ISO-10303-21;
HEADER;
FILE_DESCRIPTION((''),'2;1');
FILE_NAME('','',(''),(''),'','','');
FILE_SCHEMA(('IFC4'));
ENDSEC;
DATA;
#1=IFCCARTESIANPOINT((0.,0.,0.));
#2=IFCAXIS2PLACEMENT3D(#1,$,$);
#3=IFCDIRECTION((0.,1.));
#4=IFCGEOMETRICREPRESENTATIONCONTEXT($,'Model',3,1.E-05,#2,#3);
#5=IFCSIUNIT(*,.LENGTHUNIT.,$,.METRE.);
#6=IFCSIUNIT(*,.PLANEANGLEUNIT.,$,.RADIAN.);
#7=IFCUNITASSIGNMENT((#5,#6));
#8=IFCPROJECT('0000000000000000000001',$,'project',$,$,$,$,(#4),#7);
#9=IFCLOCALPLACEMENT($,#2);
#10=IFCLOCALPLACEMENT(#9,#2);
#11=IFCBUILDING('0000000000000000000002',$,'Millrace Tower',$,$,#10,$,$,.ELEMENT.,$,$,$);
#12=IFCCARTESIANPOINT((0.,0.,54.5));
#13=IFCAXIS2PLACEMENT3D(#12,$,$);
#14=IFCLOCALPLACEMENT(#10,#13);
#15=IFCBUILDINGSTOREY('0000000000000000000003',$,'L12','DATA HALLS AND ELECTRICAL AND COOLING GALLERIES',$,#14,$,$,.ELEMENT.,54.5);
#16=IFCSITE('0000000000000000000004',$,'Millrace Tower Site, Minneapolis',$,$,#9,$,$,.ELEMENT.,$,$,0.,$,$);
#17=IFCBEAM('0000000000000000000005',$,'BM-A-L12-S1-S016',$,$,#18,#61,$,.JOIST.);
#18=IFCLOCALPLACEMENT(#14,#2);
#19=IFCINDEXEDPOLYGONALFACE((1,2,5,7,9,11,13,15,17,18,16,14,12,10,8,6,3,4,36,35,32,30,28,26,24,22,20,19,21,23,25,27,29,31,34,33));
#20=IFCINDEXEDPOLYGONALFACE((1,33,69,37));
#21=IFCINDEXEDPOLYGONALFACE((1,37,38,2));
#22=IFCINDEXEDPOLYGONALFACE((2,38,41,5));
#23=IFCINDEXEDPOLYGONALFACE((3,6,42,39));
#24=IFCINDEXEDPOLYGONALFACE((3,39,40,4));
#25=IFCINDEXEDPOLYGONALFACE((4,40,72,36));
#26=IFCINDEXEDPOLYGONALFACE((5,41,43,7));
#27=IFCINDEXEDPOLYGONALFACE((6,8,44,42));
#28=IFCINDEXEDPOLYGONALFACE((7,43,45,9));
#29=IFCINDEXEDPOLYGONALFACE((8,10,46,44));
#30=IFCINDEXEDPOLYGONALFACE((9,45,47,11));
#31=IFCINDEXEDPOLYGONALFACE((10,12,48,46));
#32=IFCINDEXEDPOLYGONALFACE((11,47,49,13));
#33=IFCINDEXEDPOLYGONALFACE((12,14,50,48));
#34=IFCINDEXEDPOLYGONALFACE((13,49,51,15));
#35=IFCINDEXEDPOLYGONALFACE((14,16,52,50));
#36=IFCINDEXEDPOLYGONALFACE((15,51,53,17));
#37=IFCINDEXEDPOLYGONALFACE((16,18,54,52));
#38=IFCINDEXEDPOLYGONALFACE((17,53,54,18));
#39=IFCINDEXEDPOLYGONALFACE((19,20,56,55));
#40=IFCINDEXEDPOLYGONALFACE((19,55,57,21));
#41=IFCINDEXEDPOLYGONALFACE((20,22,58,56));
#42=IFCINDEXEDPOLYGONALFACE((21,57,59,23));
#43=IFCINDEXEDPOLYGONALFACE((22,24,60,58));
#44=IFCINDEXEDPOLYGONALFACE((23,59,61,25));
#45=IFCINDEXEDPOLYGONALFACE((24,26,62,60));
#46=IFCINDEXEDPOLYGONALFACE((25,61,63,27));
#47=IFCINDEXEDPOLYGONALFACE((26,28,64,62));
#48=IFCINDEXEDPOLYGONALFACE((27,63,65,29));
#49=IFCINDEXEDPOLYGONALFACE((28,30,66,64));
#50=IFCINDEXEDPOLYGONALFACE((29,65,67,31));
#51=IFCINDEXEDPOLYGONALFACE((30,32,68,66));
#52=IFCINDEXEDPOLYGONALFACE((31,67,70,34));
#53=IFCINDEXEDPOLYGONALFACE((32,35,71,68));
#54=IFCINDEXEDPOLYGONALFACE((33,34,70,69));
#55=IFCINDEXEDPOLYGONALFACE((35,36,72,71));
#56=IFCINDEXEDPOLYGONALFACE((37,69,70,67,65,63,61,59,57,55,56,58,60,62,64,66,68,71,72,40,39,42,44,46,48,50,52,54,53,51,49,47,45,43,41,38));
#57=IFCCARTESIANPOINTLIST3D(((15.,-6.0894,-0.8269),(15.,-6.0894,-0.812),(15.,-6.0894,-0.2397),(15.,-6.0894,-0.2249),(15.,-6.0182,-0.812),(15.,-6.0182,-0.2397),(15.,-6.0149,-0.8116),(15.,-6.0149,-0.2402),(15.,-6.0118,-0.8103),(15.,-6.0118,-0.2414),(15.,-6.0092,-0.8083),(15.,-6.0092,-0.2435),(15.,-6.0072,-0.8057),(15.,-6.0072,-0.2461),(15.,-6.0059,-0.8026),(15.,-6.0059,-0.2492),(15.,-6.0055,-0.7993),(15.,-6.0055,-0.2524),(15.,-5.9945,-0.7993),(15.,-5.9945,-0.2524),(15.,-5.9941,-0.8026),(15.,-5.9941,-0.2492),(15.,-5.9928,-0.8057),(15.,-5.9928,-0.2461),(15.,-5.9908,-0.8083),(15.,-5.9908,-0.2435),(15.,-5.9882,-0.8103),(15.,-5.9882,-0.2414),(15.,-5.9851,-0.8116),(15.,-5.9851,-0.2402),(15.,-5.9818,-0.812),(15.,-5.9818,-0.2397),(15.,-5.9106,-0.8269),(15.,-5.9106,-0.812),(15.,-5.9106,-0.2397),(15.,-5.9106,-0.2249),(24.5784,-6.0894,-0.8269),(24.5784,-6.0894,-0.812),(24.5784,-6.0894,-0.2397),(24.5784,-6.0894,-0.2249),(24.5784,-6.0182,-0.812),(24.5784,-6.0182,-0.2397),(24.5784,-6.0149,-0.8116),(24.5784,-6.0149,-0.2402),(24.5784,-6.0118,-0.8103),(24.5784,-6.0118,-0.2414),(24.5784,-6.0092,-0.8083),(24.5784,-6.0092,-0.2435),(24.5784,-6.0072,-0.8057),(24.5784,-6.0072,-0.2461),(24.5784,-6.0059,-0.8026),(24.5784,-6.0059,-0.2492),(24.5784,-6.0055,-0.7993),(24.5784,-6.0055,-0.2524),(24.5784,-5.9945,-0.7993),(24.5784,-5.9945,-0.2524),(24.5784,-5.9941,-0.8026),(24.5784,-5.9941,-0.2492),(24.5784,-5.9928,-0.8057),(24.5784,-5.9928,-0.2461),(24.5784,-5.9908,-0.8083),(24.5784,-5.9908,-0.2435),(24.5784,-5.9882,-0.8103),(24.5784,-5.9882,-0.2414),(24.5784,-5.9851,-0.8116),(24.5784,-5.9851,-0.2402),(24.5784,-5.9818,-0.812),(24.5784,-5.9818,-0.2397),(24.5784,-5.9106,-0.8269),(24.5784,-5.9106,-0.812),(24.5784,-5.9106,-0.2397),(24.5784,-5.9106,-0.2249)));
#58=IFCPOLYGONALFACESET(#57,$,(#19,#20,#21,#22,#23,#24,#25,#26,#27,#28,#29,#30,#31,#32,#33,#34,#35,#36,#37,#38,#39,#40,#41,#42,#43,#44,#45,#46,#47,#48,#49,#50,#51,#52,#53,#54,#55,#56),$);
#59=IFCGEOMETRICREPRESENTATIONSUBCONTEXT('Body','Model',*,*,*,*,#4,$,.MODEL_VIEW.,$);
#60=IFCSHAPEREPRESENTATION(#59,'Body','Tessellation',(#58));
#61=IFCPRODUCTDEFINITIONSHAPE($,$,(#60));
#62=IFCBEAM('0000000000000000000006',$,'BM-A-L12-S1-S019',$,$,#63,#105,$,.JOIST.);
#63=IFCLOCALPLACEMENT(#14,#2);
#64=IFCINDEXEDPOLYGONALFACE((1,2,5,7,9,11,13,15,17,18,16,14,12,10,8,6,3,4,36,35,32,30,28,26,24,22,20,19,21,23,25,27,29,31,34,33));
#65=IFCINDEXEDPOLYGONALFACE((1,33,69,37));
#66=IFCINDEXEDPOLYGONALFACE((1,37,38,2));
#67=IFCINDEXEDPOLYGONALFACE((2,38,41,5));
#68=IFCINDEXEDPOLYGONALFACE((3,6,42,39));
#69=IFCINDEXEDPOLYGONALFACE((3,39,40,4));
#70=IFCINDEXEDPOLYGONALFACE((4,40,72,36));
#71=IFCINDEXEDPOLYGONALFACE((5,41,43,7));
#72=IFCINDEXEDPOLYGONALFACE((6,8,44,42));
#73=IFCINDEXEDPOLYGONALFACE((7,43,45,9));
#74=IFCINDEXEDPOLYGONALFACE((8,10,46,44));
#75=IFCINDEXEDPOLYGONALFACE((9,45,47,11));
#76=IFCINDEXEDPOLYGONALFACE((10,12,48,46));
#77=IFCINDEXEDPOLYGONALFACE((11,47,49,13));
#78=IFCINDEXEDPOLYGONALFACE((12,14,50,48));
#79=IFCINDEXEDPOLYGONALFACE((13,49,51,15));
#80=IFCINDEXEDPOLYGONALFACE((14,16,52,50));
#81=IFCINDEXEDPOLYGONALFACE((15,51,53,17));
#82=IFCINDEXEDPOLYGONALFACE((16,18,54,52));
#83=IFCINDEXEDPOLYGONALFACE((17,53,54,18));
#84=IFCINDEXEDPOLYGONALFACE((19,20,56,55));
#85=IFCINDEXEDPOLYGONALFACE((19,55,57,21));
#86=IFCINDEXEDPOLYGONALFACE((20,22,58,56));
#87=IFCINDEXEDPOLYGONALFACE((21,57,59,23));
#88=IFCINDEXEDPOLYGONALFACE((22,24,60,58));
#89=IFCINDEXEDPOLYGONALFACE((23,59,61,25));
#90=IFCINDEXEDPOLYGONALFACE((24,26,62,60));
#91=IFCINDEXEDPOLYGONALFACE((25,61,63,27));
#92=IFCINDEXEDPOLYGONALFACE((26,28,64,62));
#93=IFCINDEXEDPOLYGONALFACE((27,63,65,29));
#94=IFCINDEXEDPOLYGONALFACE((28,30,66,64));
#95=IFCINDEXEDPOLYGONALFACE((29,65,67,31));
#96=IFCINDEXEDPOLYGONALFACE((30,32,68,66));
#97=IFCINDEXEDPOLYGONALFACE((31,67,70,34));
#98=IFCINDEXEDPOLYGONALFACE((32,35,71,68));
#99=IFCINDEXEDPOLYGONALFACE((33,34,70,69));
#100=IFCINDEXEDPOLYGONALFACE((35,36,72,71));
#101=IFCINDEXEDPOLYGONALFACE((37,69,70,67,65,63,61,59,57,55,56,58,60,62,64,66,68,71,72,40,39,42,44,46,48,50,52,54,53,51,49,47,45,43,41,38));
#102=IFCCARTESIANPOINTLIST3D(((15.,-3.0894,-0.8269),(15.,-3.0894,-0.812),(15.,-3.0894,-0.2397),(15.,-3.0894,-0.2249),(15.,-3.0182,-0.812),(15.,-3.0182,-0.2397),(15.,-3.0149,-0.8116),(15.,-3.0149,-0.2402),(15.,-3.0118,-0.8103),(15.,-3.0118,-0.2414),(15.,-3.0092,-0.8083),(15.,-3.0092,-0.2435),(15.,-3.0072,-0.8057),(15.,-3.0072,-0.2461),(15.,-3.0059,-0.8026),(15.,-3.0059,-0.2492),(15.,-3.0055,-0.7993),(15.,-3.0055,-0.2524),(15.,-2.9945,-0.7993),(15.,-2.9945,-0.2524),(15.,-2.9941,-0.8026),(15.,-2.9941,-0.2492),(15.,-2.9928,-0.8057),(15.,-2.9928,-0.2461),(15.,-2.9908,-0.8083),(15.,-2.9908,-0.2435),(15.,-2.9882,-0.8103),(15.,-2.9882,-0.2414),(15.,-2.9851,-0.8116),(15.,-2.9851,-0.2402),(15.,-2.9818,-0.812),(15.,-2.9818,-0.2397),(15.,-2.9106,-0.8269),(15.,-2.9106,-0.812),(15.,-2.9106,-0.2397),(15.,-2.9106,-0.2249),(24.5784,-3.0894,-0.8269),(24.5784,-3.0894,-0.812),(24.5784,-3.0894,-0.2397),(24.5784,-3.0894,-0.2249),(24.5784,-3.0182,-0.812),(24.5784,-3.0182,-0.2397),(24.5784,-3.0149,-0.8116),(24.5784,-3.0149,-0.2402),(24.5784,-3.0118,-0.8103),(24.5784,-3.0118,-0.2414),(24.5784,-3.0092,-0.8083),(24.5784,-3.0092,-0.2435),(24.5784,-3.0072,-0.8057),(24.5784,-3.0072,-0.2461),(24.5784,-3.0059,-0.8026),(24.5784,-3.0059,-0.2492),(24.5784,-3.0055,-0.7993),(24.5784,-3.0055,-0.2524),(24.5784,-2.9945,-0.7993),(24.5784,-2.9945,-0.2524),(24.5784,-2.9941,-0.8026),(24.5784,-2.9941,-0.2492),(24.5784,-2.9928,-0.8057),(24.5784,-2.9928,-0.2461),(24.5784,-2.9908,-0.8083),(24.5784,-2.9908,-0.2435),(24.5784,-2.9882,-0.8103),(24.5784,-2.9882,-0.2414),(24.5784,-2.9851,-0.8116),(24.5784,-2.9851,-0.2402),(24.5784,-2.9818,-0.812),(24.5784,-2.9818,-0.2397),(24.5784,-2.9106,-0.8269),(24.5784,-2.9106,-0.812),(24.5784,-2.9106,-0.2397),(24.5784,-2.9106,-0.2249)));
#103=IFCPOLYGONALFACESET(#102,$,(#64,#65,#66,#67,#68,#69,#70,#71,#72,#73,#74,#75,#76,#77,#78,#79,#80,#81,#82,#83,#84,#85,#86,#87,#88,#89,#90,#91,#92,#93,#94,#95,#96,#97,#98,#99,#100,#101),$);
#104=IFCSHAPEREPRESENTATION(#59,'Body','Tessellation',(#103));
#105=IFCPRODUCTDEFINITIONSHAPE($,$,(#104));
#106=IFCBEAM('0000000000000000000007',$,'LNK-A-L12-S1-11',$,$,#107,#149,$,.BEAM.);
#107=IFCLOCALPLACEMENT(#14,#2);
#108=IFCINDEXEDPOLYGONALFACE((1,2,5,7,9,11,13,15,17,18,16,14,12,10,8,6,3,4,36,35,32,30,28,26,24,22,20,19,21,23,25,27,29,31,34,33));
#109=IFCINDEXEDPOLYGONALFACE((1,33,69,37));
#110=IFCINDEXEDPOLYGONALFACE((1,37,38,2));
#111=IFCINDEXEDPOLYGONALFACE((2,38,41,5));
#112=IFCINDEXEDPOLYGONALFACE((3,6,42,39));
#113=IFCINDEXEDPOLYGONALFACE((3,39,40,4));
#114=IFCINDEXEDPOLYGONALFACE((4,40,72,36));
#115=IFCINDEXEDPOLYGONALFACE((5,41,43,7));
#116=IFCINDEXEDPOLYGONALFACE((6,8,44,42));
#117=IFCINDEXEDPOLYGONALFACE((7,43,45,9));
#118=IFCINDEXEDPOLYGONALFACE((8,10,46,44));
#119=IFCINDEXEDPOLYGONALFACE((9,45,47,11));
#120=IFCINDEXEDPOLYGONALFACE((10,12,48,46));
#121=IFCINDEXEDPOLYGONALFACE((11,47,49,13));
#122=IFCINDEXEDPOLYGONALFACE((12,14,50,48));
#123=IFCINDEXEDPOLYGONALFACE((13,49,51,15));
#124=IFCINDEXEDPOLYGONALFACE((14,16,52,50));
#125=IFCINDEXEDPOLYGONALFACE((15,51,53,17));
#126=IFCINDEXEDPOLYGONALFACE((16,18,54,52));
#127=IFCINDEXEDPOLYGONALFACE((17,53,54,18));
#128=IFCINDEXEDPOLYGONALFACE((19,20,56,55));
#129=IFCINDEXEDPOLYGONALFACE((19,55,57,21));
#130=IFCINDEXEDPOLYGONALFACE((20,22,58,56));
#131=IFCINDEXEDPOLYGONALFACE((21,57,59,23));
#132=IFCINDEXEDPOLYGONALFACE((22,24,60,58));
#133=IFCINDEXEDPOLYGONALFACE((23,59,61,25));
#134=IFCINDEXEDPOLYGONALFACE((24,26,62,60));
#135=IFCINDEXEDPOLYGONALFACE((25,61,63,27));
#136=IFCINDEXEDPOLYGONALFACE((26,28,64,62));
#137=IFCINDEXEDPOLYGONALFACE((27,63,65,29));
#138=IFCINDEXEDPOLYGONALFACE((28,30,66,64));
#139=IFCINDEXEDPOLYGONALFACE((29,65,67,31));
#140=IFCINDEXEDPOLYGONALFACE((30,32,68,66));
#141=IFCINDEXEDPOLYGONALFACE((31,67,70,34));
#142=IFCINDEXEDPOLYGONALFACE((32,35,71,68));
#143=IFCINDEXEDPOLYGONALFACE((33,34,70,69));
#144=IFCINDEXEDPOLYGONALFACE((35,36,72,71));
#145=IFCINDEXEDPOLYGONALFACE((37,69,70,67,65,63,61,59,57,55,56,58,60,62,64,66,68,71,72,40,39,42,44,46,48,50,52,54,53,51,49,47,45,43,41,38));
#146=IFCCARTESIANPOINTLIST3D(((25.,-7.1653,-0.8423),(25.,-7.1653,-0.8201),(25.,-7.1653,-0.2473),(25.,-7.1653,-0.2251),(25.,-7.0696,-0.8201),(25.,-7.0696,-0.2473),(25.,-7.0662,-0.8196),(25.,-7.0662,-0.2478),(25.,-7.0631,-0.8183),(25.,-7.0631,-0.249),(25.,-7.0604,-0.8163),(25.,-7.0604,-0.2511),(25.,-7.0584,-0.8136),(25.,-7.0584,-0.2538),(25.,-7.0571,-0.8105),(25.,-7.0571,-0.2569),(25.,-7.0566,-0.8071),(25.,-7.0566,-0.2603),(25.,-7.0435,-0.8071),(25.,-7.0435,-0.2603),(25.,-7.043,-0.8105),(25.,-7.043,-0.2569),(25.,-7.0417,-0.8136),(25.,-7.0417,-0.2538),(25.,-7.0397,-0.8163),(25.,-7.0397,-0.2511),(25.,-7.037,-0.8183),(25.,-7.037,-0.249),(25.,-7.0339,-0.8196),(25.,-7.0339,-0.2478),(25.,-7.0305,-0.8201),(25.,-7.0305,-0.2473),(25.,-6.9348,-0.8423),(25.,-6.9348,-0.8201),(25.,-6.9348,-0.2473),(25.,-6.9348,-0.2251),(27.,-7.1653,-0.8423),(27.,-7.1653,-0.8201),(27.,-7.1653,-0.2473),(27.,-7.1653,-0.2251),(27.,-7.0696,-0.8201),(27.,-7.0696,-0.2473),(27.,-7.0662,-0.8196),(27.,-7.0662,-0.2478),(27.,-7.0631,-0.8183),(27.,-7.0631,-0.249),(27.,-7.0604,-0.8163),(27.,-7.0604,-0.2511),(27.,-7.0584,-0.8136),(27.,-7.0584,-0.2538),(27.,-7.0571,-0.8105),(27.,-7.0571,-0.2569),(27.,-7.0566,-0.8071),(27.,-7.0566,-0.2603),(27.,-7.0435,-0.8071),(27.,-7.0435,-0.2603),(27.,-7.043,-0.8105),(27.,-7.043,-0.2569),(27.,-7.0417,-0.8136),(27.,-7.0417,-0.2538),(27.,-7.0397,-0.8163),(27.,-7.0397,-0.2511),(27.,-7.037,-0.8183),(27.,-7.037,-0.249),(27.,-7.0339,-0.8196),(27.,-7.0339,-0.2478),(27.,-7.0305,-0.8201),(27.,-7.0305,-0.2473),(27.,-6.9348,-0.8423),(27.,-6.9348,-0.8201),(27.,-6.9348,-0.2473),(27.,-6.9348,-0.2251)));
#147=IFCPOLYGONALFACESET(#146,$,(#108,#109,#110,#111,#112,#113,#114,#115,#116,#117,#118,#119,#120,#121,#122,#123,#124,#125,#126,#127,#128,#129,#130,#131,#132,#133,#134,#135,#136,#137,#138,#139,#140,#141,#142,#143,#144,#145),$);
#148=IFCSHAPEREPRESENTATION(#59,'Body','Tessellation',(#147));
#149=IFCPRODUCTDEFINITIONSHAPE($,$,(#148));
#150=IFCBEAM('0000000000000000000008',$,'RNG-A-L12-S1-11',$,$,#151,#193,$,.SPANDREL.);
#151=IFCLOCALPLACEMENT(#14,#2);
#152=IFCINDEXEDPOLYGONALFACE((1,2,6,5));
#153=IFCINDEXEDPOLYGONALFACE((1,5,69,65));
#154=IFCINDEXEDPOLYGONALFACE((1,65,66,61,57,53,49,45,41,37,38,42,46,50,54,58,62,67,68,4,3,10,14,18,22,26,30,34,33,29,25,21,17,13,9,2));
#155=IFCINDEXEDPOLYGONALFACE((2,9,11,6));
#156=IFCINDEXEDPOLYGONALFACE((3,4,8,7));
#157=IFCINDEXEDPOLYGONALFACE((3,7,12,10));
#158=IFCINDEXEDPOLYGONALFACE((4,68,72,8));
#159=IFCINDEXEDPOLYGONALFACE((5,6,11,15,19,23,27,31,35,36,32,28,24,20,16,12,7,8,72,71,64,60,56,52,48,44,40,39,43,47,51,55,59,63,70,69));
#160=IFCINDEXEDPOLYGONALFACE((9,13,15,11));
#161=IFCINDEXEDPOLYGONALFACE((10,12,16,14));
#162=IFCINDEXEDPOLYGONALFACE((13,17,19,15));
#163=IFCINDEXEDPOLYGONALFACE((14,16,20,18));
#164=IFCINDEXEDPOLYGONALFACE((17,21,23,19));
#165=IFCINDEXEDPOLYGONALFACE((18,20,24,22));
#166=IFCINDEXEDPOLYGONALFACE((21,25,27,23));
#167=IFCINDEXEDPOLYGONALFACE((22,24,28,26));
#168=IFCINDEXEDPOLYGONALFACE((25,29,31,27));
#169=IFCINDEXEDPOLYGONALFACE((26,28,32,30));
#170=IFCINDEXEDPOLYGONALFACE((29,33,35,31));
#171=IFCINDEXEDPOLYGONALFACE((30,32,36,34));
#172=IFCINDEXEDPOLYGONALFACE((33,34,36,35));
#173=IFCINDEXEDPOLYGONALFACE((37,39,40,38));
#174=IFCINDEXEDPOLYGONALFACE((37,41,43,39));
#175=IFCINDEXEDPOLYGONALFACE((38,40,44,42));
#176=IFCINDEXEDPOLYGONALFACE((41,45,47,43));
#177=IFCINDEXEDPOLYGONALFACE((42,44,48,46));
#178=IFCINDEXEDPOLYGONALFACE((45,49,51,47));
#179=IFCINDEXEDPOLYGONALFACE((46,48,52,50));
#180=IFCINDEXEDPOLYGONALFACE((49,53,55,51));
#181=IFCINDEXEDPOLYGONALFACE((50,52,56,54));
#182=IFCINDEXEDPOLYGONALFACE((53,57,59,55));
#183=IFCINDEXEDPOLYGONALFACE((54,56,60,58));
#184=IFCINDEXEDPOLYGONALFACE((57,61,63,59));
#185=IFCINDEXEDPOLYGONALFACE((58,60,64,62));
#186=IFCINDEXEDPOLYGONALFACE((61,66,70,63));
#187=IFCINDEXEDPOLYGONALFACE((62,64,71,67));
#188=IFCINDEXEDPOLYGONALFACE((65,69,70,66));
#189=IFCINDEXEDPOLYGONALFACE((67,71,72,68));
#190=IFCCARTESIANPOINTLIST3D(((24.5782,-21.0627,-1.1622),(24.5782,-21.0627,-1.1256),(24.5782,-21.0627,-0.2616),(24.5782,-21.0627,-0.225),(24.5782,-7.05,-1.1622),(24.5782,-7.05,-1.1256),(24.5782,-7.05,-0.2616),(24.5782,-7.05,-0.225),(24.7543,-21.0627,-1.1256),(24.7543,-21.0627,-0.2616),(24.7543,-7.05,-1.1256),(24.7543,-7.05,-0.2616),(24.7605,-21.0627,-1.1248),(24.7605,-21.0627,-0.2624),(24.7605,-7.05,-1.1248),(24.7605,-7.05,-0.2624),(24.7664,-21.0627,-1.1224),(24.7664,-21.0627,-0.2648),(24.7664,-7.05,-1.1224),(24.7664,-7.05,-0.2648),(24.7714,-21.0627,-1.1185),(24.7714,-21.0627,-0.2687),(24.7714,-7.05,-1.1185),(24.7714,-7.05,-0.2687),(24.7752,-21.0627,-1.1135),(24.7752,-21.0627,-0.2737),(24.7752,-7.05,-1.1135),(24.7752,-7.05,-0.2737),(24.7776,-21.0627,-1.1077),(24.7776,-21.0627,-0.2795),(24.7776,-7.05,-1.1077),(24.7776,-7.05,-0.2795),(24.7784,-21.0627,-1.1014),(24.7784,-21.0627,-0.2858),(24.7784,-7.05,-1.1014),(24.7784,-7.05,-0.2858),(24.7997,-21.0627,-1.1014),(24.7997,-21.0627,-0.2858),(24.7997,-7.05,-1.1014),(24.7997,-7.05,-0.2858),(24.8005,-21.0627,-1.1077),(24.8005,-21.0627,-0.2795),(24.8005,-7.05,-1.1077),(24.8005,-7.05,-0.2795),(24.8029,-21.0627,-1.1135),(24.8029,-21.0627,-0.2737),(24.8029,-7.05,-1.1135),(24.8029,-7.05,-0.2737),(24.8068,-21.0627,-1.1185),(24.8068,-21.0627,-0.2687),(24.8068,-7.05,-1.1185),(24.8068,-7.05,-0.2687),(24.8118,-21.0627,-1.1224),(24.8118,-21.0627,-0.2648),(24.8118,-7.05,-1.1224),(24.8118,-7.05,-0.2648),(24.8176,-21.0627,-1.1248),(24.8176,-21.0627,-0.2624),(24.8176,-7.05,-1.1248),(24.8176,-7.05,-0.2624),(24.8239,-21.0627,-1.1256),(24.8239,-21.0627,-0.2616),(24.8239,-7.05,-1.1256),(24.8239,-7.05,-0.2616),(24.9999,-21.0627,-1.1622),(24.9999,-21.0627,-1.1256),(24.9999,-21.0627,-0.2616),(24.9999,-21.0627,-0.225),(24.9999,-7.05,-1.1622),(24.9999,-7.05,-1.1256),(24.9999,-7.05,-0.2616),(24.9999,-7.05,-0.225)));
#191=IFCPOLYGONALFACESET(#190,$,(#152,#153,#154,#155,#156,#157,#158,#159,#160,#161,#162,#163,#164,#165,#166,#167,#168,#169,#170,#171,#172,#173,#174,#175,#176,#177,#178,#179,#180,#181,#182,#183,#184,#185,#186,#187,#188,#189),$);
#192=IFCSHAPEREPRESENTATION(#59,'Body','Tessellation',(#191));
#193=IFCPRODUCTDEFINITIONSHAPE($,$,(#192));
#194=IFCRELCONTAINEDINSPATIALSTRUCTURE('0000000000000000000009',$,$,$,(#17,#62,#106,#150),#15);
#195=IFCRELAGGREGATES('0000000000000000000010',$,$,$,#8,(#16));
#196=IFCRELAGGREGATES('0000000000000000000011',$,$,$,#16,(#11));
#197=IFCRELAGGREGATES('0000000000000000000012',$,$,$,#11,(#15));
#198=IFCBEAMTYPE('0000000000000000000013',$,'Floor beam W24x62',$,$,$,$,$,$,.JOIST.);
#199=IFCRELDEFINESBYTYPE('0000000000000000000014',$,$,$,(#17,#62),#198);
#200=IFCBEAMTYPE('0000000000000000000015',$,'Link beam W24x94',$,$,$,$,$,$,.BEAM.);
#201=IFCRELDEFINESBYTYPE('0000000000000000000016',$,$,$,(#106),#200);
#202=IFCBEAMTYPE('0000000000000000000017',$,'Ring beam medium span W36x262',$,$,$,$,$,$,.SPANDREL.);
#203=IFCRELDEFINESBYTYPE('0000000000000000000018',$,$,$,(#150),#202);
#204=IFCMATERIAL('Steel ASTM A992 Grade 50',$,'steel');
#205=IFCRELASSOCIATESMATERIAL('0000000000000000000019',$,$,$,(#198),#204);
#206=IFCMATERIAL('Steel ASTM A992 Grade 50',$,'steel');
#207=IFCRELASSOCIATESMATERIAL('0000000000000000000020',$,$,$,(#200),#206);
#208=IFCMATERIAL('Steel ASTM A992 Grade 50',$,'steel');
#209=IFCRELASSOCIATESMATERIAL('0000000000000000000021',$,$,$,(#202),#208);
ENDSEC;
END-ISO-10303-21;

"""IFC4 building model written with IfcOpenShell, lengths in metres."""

from ifc_helpers import new_model, si_unit, direction, frame, origin, origin_2d, place, context, subcontext, project, spatial, i_section, extrude, material, material_profile, profile_set, type_object, element, save


model = new_model("IFC4")

# Units and contexts
model_context = context("Model", 3, precision=1e-05, world=origin(), true_north=direction((0.0, 1.0)))
body_context = subcontext(model_context, "Body", "Model", "MODEL_VIEW")
ifc_project = project(units=[si_unit("LENGTHUNIT", "METRE"), si_unit("PLANEANGLEUNIT", "RADIAN")], contexts=[model_context])

# Site, building, storey
site_placement = place(None, origin())
site = spatial("IfcSite", under=ifc_project, at=site_placement, Name="Millrace Tower Site, Minneapolis", CompositionType="ELEMENT", RefElevation=0.0)
building_placement = place(site_placement, origin())
building = spatial("IfcBuilding", under=site, at=building_placement, Name="Millrace Tower", CompositionType="ELEMENT")
storey_placement = place(building_placement, frame((0.0, 0.0, 54.5)))
storey = spatial("IfcBuildingStorey", under=building, at=storey_placement, Name="L12", Description="DATA HALLS AND ELECTRICAL AND COOLING GALLERIES", CompositionType="ELEMENT", Elevation=54.5)

# Beams
ifc_material_1 = material(Name="Steel ASTM A992 Grade 50", Category="steel")
ifc_material_profile_1 = material_profile(ifc_material_1, i_section(OverallWidth=0.1787, OverallDepth=0.6021, WebThickness=0.011, FlangeThickness=0.0149, FilletRadius=0.0127, at=origin_2d()))
ifc_profile_set_1 = profile_set([ifc_material_profile_1], Name="Steel ASTM A992 Grade 50")
beam_type_1 = type_object("IfcBeamType", Name="Floor beam W24x62", PredefinedType="JOIST", material=ifc_profile_set_1)
for number, where, z_axis, x_axis, name in (
    (1, (15.0, -6.0, -0.5259), (1.0, 0.0, 0.0), (0.0, 1.0, 0.0), "BM-A-L12-S1-S016"),
    (2, (15.0, -3.0, -0.5259), (1.0, 0.0, 0.0), (0.0, 1.0, 0.0), "BM-A-L12-S1-S019"),
):
    element("IfcBeam", number, at=place(storey_placement, frame(where, z_axis=z_axis, x_axis=x_axis)), inside=storey, type_object=beam_type_1, Name=name, PredefinedType="JOIST", context=body_context, shape_type="SweptSolid", body=[
        extrude(i_section(OverallWidth=0.1787, OverallDepth=0.6021, WebThickness=0.011, FlangeThickness=0.0149, FilletRadius=0.0127, at=origin_2d()), origin(), (0.0, 0.0, 1.0), 9.5784),
    ])
ifc_material_2 = material(Name="Steel ASTM A992 Grade 50", Category="steel")
ifc_material_profile_2 = material_profile(ifc_material_2, i_section(OverallWidth=0.2305, OverallDepth=0.6172, WebThickness=0.0132, FlangeThickness=0.0222, FilletRadius=0.0129, at=origin_2d()))
ifc_profile_set_2 = profile_set([ifc_material_profile_2], Name="Steel ASTM A992 Grade 50")
beam_type_2 = type_object("IfcBeamType", Name="Link beam W24x94", PredefinedType="BEAM", material=ifc_profile_set_2)
beam_1_placement = place(storey_placement, frame((25.0, -7.05, -0.5337), z_axis=(1.0, 0.0, 0.0), x_axis=(0.0, 1.0, 0.0)))
element("IfcBeam", 3, at=beam_1_placement, inside=storey, type_object=beam_type_2, Name="LNK-A-L12-S1-11", PredefinedType="BEAM", context=body_context, shape_type="SweptSolid", body=[
    extrude(i_section(OverallWidth=0.2305, OverallDepth=0.6172, WebThickness=0.0132, FlangeThickness=0.0222, FilletRadius=0.0129, at=origin_2d()), origin(), (0.0, 0.0, 1.0), 2.0),
])
ifc_material_3 = material(Name="Steel ASTM A992 Grade 50", Category="steel")
ifc_material_profile_3 = material_profile(ifc_material_3, i_section(OverallWidth=0.4216, OverallDepth=0.9373, WebThickness=0.0212, FlangeThickness=0.0366, FilletRadius=0.0242, at=origin_2d()))
ifc_profile_set_3 = profile_set([ifc_material_profile_3], Name="Steel ASTM A992 Grade 50")
beam_type_3 = type_object("IfcBeamType", Name="Ring beam medium span W36x262", PredefinedType="SPANDREL", material=ifc_profile_set_3)
beam_2_placement = place(storey_placement, frame((24.7891, -7.05, -0.6936), z_axis=(0.0, -1.0, 0.0), x_axis=(1.0, 0.0, 0.0)))
element("IfcBeam", 4, at=beam_2_placement, inside=storey, type_object=beam_type_3, Name="RNG-A-L12-S1-11", PredefinedType="SPANDREL", context=body_context, shape_type="SweptSolid", body=[
    extrude(i_section(OverallWidth=0.4216, OverallDepth=0.9373, WebThickness=0.0212, FlangeThickness=0.0366, FilletRadius=0.0242, at=origin_2d()), origin(), (0.0, 0.0, 1.0), 14.0127),
])

save(model, "model.ifc")
